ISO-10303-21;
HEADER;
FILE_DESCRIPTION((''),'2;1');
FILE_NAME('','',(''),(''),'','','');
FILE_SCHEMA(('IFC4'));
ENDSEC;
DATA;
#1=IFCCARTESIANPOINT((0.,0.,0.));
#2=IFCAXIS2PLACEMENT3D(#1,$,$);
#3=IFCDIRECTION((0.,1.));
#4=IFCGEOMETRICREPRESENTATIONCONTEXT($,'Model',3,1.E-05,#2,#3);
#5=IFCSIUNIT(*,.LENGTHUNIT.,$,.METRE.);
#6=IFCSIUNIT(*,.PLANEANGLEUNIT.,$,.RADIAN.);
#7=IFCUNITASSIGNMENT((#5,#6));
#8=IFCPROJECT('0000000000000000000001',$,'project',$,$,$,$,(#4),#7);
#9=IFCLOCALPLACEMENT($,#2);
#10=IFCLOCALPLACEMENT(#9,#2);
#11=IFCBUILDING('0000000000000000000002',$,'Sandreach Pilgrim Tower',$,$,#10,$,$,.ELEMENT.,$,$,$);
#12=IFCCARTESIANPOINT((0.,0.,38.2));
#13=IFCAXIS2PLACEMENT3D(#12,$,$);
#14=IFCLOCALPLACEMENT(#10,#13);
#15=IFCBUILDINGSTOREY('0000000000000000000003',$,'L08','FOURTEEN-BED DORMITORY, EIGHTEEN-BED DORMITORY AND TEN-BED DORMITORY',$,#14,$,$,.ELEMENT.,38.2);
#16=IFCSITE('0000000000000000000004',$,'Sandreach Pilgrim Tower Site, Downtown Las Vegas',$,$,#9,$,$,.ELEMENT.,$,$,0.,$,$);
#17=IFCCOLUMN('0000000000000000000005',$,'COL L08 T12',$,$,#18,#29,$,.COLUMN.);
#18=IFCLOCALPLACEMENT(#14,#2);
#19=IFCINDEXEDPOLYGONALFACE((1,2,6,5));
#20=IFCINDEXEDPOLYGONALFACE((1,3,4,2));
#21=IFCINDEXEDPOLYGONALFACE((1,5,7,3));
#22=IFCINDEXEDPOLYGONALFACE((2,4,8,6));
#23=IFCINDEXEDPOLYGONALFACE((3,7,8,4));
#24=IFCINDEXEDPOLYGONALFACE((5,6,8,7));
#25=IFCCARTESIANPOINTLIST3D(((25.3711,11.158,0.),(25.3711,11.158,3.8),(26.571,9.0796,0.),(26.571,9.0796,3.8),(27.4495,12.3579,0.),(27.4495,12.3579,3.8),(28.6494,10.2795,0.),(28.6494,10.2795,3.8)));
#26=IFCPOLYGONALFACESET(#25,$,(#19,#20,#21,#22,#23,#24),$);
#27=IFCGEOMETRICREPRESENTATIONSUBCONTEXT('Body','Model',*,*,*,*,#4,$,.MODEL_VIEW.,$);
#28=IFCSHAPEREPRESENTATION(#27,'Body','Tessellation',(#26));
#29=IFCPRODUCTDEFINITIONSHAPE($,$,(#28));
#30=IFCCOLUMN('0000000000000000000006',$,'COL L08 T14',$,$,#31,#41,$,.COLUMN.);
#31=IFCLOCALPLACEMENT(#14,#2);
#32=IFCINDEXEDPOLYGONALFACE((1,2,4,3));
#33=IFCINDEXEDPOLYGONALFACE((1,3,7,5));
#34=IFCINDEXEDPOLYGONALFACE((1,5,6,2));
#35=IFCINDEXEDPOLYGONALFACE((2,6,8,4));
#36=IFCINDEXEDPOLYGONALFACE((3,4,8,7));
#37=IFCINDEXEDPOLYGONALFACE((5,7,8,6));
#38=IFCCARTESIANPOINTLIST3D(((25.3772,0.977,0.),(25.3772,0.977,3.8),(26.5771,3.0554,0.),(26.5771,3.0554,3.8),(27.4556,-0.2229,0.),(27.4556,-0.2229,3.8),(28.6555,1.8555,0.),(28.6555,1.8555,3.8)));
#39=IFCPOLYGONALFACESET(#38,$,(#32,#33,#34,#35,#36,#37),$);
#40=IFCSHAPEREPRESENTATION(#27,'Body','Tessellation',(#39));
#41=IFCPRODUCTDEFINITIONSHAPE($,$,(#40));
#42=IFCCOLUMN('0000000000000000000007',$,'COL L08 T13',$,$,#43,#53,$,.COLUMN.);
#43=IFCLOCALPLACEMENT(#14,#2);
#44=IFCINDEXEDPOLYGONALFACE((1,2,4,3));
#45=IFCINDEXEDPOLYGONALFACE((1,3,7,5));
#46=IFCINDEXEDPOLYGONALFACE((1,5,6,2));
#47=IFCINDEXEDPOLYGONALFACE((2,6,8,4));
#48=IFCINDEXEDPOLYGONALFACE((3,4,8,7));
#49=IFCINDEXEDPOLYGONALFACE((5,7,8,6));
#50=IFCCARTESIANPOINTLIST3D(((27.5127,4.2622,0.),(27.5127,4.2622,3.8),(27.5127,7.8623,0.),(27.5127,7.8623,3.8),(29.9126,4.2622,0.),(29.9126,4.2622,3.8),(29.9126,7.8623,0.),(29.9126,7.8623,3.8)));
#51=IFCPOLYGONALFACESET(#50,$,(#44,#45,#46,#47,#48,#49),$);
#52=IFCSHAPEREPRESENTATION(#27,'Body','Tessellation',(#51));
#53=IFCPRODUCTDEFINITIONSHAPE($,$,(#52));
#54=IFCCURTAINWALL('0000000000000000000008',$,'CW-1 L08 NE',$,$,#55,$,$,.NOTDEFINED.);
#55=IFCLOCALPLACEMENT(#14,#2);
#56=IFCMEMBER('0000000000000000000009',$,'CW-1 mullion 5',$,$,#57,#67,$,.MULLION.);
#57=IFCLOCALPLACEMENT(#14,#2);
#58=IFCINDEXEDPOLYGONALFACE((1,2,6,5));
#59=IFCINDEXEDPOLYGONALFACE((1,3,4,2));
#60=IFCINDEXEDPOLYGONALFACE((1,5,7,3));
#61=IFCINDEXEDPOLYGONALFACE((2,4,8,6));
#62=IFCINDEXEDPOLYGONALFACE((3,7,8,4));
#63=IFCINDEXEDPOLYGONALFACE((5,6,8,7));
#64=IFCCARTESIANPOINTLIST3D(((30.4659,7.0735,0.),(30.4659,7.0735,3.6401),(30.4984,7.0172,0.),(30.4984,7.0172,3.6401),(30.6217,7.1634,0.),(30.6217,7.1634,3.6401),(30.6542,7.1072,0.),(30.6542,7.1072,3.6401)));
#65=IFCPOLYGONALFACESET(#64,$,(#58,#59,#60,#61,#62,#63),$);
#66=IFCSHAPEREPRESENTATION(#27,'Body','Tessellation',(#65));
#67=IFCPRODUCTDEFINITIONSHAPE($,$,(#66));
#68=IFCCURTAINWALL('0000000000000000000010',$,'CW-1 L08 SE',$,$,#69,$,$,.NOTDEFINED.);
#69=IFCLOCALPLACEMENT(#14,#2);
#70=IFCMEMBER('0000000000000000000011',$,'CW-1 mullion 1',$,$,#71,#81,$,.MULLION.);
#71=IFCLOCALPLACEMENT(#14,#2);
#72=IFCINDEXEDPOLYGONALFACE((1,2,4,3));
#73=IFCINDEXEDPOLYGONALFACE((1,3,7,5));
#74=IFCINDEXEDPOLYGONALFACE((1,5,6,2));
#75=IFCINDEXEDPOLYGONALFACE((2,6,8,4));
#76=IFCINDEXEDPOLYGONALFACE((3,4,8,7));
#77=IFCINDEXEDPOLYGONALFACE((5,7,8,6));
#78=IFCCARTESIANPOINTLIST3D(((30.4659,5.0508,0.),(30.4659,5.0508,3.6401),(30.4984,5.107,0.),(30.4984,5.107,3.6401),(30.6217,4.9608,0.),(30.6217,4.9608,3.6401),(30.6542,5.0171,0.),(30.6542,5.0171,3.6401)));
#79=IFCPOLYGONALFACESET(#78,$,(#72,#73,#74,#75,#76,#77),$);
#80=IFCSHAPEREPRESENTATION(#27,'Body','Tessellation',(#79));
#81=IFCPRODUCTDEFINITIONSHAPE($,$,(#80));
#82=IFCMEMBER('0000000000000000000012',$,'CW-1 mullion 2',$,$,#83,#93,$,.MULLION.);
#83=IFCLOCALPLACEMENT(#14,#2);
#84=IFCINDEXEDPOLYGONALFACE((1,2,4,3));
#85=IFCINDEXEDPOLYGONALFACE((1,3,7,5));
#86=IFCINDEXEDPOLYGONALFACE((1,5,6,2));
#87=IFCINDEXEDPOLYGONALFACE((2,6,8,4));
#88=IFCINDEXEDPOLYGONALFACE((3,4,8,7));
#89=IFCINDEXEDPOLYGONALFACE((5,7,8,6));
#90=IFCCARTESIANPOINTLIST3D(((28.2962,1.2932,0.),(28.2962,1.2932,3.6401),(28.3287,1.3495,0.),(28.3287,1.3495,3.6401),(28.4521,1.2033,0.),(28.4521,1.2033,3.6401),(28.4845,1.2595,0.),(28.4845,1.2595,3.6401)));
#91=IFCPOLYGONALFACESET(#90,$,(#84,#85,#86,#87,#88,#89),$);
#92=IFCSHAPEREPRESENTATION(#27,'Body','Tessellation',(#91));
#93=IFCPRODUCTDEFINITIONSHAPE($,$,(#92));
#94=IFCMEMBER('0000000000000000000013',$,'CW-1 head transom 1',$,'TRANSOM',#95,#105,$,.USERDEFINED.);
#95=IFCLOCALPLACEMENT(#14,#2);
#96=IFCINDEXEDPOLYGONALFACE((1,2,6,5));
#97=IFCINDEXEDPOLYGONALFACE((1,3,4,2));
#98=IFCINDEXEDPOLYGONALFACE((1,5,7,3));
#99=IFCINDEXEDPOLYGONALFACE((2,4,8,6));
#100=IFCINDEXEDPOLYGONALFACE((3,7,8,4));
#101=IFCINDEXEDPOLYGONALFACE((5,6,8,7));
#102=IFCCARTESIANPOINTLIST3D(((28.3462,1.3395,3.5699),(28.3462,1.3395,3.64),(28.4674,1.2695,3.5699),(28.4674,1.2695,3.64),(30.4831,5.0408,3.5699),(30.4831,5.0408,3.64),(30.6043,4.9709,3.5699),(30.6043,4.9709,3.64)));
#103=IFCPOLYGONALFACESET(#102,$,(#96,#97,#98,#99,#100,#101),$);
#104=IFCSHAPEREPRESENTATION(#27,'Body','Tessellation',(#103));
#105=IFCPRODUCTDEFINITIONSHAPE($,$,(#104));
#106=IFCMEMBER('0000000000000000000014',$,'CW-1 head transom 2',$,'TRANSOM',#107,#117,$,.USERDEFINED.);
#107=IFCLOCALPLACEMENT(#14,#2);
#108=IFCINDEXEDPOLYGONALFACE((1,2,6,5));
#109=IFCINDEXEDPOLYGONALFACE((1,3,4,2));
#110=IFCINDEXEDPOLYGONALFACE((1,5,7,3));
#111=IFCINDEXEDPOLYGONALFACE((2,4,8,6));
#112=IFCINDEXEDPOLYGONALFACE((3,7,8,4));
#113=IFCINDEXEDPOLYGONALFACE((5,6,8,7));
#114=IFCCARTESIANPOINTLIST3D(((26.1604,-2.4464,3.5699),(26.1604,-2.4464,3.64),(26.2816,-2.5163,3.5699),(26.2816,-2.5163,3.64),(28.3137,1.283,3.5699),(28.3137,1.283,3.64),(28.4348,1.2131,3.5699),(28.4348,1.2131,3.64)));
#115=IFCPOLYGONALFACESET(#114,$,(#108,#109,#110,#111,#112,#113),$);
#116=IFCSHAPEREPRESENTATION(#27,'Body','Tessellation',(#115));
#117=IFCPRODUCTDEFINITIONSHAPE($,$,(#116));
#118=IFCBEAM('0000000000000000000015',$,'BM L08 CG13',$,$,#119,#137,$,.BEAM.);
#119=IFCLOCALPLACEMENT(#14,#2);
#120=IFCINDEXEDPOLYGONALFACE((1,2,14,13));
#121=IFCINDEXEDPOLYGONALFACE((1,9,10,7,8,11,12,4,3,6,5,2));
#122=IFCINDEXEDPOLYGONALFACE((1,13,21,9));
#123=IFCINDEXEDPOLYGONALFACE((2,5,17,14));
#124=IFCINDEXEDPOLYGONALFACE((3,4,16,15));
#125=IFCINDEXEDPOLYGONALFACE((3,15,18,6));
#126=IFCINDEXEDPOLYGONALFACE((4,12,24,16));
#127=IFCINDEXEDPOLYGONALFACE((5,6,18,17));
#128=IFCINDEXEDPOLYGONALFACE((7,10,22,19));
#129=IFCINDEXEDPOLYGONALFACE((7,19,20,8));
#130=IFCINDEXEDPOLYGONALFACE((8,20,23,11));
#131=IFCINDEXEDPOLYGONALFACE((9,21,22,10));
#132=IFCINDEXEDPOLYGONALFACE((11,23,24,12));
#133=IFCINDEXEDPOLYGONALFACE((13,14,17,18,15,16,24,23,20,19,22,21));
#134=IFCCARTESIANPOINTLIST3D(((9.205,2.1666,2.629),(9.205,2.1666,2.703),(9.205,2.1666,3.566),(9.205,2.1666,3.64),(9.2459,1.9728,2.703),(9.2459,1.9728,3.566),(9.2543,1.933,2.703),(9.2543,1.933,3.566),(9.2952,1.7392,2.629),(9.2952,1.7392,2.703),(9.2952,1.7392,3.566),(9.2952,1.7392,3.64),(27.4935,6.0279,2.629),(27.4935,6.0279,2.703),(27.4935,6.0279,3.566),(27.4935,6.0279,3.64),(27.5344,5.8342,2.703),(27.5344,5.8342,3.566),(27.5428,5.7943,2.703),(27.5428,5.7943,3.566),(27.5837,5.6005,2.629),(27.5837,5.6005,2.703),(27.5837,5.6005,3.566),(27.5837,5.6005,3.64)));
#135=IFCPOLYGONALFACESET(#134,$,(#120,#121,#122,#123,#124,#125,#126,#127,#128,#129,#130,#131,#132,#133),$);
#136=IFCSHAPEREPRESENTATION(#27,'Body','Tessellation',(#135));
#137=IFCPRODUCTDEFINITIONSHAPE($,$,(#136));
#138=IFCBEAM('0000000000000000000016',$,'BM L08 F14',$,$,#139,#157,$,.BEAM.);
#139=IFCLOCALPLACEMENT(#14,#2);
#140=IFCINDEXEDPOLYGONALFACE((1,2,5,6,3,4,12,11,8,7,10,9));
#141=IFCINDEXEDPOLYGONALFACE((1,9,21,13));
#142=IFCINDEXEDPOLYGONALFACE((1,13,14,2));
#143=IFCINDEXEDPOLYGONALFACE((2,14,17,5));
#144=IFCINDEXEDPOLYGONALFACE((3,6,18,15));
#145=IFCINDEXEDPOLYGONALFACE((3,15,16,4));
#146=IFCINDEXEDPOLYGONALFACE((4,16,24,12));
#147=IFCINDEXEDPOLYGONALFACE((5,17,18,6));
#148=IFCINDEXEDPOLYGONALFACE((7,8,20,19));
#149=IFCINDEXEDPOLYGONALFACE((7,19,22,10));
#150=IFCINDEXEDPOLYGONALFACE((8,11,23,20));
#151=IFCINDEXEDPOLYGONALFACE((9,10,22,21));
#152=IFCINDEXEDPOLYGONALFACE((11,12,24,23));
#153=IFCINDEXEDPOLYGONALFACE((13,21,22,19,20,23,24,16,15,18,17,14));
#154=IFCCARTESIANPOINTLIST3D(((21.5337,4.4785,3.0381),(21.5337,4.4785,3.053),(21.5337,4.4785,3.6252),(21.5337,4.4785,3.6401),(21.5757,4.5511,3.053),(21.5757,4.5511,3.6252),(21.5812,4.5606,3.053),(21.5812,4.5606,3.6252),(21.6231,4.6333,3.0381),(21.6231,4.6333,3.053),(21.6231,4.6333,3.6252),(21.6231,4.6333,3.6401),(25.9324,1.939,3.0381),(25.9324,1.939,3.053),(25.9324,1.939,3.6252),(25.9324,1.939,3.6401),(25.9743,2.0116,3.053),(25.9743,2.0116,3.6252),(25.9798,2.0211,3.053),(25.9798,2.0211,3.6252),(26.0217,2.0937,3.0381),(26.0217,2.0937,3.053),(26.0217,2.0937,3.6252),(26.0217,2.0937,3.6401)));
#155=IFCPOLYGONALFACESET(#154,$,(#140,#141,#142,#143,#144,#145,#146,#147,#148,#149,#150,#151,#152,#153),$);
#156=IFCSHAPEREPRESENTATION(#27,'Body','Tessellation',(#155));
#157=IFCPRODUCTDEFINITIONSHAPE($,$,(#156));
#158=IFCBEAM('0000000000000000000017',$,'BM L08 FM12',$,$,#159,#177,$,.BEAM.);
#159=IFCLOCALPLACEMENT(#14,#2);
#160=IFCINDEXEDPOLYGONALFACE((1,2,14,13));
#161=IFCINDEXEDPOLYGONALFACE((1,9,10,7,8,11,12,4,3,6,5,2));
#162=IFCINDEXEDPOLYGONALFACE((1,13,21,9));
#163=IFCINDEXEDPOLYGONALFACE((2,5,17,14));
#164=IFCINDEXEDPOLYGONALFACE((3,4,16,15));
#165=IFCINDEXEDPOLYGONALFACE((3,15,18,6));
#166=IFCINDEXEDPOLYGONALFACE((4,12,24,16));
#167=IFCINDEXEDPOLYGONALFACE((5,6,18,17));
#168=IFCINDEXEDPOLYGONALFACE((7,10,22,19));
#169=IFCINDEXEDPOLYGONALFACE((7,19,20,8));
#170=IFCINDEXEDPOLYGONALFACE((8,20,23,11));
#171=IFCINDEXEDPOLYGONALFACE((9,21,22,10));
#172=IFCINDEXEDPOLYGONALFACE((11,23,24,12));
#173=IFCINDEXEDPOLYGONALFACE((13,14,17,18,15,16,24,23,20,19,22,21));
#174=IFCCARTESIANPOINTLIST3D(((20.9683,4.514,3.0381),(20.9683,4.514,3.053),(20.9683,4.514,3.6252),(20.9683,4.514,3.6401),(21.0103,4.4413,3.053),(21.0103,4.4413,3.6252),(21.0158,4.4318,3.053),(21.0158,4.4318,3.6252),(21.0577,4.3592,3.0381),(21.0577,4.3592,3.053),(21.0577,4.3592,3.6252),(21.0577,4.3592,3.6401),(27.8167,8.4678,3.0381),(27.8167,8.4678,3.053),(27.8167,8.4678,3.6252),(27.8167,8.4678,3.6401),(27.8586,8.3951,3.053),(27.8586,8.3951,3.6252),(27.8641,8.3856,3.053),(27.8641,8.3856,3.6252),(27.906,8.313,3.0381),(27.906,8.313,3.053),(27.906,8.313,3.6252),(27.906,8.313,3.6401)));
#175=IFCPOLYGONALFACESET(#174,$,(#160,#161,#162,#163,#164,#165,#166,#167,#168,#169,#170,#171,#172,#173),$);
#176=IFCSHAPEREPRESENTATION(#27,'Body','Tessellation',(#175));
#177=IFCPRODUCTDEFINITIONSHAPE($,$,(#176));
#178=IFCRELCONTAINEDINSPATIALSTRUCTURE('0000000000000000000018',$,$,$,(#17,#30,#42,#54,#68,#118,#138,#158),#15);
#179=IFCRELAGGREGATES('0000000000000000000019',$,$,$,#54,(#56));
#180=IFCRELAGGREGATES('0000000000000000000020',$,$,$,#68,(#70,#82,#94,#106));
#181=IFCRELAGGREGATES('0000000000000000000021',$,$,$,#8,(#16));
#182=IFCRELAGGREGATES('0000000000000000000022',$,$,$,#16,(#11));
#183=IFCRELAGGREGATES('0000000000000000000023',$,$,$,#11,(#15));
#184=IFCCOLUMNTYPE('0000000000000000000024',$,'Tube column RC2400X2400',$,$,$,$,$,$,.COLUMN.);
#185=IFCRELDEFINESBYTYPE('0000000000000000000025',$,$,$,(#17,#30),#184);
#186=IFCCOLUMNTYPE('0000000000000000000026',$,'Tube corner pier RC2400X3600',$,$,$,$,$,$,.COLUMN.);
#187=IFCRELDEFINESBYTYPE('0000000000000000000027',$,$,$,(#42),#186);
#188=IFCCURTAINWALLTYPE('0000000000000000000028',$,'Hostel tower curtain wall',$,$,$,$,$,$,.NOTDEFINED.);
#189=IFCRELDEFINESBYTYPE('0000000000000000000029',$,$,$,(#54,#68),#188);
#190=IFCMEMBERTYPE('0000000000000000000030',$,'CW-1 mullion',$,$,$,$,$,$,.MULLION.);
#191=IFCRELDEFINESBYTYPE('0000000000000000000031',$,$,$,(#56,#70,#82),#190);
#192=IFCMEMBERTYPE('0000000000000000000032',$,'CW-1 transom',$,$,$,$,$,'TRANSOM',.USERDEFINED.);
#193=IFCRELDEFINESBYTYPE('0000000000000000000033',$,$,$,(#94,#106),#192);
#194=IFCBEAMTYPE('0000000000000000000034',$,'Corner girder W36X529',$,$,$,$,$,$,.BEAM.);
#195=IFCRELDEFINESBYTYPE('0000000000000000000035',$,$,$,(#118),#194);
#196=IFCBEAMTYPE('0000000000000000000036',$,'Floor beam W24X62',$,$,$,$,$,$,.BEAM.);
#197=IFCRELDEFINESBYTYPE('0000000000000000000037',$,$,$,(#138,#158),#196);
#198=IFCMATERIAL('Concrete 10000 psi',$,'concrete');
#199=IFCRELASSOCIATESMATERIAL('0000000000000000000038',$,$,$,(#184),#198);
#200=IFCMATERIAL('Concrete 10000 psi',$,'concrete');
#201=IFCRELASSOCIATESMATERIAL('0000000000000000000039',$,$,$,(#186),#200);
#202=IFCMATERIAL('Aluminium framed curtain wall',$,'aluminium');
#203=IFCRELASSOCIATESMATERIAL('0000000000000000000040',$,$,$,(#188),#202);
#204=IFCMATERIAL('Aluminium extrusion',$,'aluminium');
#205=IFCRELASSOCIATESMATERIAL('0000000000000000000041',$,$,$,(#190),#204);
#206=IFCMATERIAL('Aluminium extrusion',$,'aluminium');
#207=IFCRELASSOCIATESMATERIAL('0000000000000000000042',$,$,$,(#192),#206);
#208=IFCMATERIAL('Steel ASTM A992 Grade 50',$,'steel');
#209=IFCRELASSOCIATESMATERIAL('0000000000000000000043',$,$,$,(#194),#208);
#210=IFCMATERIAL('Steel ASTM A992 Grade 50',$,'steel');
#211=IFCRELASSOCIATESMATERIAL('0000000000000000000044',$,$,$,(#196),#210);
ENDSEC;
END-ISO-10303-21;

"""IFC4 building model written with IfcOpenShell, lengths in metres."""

from ifc_helpers import new_model, si_unit, direction, frame, origin, origin_2d, place, context, subcontext, project, spatial, rectangle, i_section, extrude, material, material_profile, profile_set, type_object, element, aggregate, save


model = new_model("IFC4")

# Units and contexts
model_context = context("Model", 3, precision=1e-05, world=origin(), true_north=direction((0.0, 1.0)))
body_context = subcontext(model_context, "Body", "Model", "MODEL_VIEW")
ifc_project = project(units=[si_unit("LENGTHUNIT", "METRE"), si_unit("PLANEANGLEUNIT", "RADIAN")], contexts=[model_context])

# Site, building, storey
site_placement = place(None, origin())
site = spatial("IfcSite", under=ifc_project, at=site_placement, Name="Sandreach Pilgrim Tower Site, Downtown Las Vegas", CompositionType="ELEMENT", RefElevation=0.0)
building_placement = place(site_placement, origin())
building = spatial("IfcBuilding", under=site, at=building_placement, Name="Sandreach Pilgrim Tower", CompositionType="ELEMENT")
storey_placement = place(building_placement, frame((0.0, 0.0, 38.2)))
storey = spatial("IfcBuildingStorey", under=building, at=storey_placement, Name="L08", Description="FOURTEEN-BED DORMITORY, EIGHTEEN-BED DORMITORY AND TEN-BED DORMITORY", CompositionType="ELEMENT", Elevation=38.2)

# Columns
ifc_material_1 = material(Name="Concrete 10000 psi", Category="concrete")
ifc_material_profile_1 = material_profile(ifc_material_1, rectangle(XDim=2.3999, YDim=2.3999, at=origin_2d()), Name="RC2400X2400")
ifc_profile_set_1 = profile_set([ifc_material_profile_1], Name="Concrete 10000 psi")
column_type_1 = type_object("IfcColumnType", Name="Tube column RC2400X2400", PredefinedType="COLUMN", material=ifc_profile_set_1)
for number, where, z_axis, x_axis, name in (
    (1, (27.0103, 10.7188, 0.0), (0.0, 0.0, 1.0), (0.866025, 0.5, 0.0), "COL L08 T12"),
    (2, (27.0164, 1.4163, 0.0), (0.0, 0.0, 1.0), (0.866025, -0.5, 0.0), "COL L08 T14"),
):
    element("IfcColumn", number, at=place(storey_placement, frame(where, z_axis=z_axis, x_axis=x_axis)), inside=storey, type_object=column_type_1, Name=name, PredefinedType="COLUMN", context=body_context, shape_type="SweptSolid", body=[
        extrude(rectangle(XDim=2.3999, YDim=2.3999, at=origin_2d()), origin(), (0.0, 0.0, 1.0), 3.8),
    ])
ifc_material_2 = material(Name="Concrete 10000 psi", Category="concrete")
ifc_material_profile_2 = material_profile(ifc_material_2, rectangle(XDim=2.3999, YDim=3.6001, at=origin_2d()), Name="RC2400X3600")
ifc_profile_set_2 = profile_set([ifc_material_profile_2], Name="Concrete 10000 psi")
column_type_2 = type_object("IfcColumnType", Name="Tube corner pier RC2400X3600", PredefinedType="COLUMN", material=ifc_profile_set_2)
column_placement = place(storey_placement, frame((28.7126, 6.0623, 0.0), z_axis=(0.0, 0.0, 1.0), x_axis=(1.0, 0.0, 0.0)))
element("IfcColumn", 3, at=column_placement, inside=storey, type_object=column_type_2, Name="COL L08 T13", PredefinedType="COLUMN", context=body_context, shape_type="SweptSolid", body=[
    extrude(rectangle(XDim=2.3999, YDim=3.6001, at=origin_2d()), origin(), (0.0, 0.0, 1.0), 3.8),
])

# Curtain wall, member
ifc_material_3 = material(Name="Aluminium framed curtain wall", Category="aluminium")
curtain_wall_type = type_object("IfcCurtainWallType", Name="Hostel tower curtain wall", PredefinedType="NOTDEFINED", material=ifc_material_3)
curtain_wall_1_placement = place(storey_placement, origin())
curtain_wall_1 = element("IfcCurtainWall", 4, at=curtain_wall_1_placement, inside=storey, type_object=curtain_wall_type, Name="CW-1 L08 NE", PredefinedType="NOTDEFINED")
ifc_material_4 = material(Name="Aluminium extrusion", Category="aluminium")
ifc_material_profile_3 = material_profile(ifc_material_4, rectangle(XDim=0.0649, YDim=0.1799, at=origin_2d()), Name="CW-1M 65X180")
ifc_profile_set_3 = profile_set([ifc_material_profile_3], Name="Aluminium extrusion")
member_type_1 = type_object("IfcMemberType", Name="CW-1 mullion", PredefinedType="MULLION", material=ifc_profile_set_3)
member_1_placement = place(storey_placement, frame((30.5601, 7.0903, 0.0), z_axis=(0.0, 0.0, 1.0), x_axis=(0.5, -0.866025, 0.0)))
member_1 = element("IfcMember", 5, at=member_1_placement, type_object=member_type_1, Name="CW-1 mullion 5", PredefinedType="MULLION", context=body_context, shape_type="SweptSolid", body=[
    extrude(rectangle(XDim=0.0649, YDim=0.1799, at=origin_2d()), origin(), (0.0, 0.0, 1.0), 3.6401),
])

# Curtain wall, members
curtain_wall_2_placement = place(storey_placement, origin())
curtain_wall_2 = element("IfcCurtainWall", 6, at=curtain_wall_2_placement, inside=storey, type_object=curtain_wall_type, Name="CW-1 L08 SE", PredefinedType="NOTDEFINED")
member_2_placement = place(storey_placement, frame((30.5601, 5.0339, 0.0), z_axis=(0.0, 0.0, 1.0), x_axis=(-0.5, -0.866025, 0.0)))
member_2 = element("IfcMember", 7, at=member_2_placement, type_object=member_type_1, Name="CW-1 mullion 1", PredefinedType="MULLION", context=body_context, shape_type="SweptSolid", body=[
    extrude(rectangle(XDim=0.0649, YDim=0.1799, at=origin_2d()), origin(), (0.0, 0.0, 1.0), 3.6401),
])
member_3_placement = place(storey_placement, frame((28.3904, 1.2764, 0.0), z_axis=(0.0, 0.0, 1.0), x_axis=(-0.5, -0.866025, 0.0)))
member_3 = element("IfcMember", 8, at=member_3_placement, type_object=member_type_1, Name="CW-1 mullion 2", PredefinedType="MULLION", context=body_context, shape_type="SweptSolid", body=[
    extrude(rectangle(XDim=0.0649, YDim=0.1799, at=origin_2d()), origin(), (0.0, 0.0, 1.0), 3.6401),
])
ifc_material_5 = material(Name="Aluminium extrusion", Category="aluminium")
ifc_material_profile_4 = material_profile(ifc_material_5, rectangle(XDim=0.1399, YDim=0.0701, at=origin_2d()), Name="CW-1T 140X70")
ifc_profile_set_4 = profile_set([ifc_material_profile_4], Name="Aluminium extrusion")
member_type_2 = type_object("IfcMemberType", Name="CW-1 transom", ElementType="TRANSOM", PredefinedType="USERDEFINED", material=ifc_profile_set_4)
member_4_placement = place(storey_placement, frame((30.5437, 5.0059, 3.605), z_axis=(-0.499991, -0.866031, 0.0), x_axis=(0.866031, -0.499991, 0.0)))
member_4 = element("IfcMember", 9, at=member_4_placement, type_object=member_type_2, Name="CW-1 head transom 1", ObjectType="TRANSOM", PredefinedType="USERDEFINED", context=body_context, shape_type="SweptSolid", body=[
    extrude(rectangle(XDim=0.1399, YDim=0.0701, at=origin_2d()), origin(), (0.0, 0.0, 1.0), 4.2739),
])
member_5_placement = place(storey_placement, frame((28.3743, 1.248, 3.605), z_axis=(-0.500017, -0.866016, 0.0), x_axis=(0.866016, -0.500017, 0.0)))
member_5 = element("IfcMember", 10, at=member_5_placement, type_object=member_type_2, Name="CW-1 head transom 2", ObjectType="TRANSOM", PredefinedType="USERDEFINED", context=body_context, shape_type="SweptSolid", body=[
    extrude(rectangle(XDim=0.1399, YDim=0.0701, at=origin_2d()), origin(), (0.0, 0.0, 1.0), 4.3064),
])

# Beams
ifc_material_6 = material(Name="Steel ASTM A992 Grade 50", Category="steel")
ifc_material_profile_5 = material_profile(ifc_material_6, i_section(OverallWidth=0.4368, OverallDepth=1.011, WebThickness=0.0408, FlangeThickness=0.074, at=origin_2d()), Name="W36X529")
ifc_profile_set_5 = profile_set([ifc_material_profile_5], Name="Steel ASTM A992 Grade 50")
beam_type_1 = type_object("IfcBeamType", Name="Corner girder W36X529", PredefinedType="BEAM", material=ifc_profile_set_5)
beam_1_placement = place(storey_placement, frame((27.5386, 5.8142, 3.1345), z_axis=(-0.97843, -0.206579, 0.0), x_axis=(0.206579, -0.97843, 0.0)))
element("IfcBeam", 11, at=beam_1_placement, inside=storey, type_object=beam_type_1, Name="BM L08 CG13", PredefinedType="BEAM", context=body_context, shape_type="SweptSolid", body=[
    extrude(i_section(OverallWidth=0.4368, OverallDepth=1.011, WebThickness=0.0408, FlangeThickness=0.074, at=origin_2d()), origin(), (0.0, 0.0, 1.0), 18.6917),
])
ifc_material_7 = material(Name="Steel ASTM A992 Grade 50", Category="steel")
ifc_material_profile_6 = material_profile(ifc_material_7, i_section(OverallWidth=0.1787, OverallDepth=0.6021, WebThickness=0.011, FlangeThickness=0.0149, at=origin_2d()), Name="W24X62")
ifc_profile_set_6 = profile_set([ifc_material_profile_6], Name="Steel ASTM A992 Grade 50")
beam_type_2 = type_object("IfcBeamType", Name="Floor beam W24X62", PredefinedType="BEAM", material=ifc_profile_set_6)
beam_2_placement = place(storey_placement, frame((25.9771, 2.0164, 3.3391), z_axis=(-0.866028, 0.499996, 0.0), x_axis=(-0.499996, -0.866028, 0.0)))
element("IfcBeam", 12, at=beam_2_placement, inside=storey, type_object=beam_type_2, Name="BM L08 F14", PredefinedType="BEAM", context=body_context, shape_type="SweptSolid", body=[
    extrude(i_section(OverallWidth=0.1787, OverallDepth=0.6021, WebThickness=0.011, FlangeThickness=0.0149, at=origin_2d()), origin(), (0.0, 0.0, 1.0), 5.0791),
])
beam_3_placement = place(storey_placement, frame((27.8613, 8.3904, 3.3391), z_axis=(-0.866029, -0.499994, 0.0), x_axis=(0.499994, -0.866029, 0.0)))
element("IfcBeam", 13, at=beam_3_placement, inside=storey, type_object=beam_type_2, Name="BM L08 FM12", PredefinedType="BEAM", context=body_context, shape_type="SweptSolid", body=[
    extrude(i_section(OverallWidth=0.1787, OverallDepth=0.6021, WebThickness=0.011, FlangeThickness=0.0149, at=origin_2d()), origin(), (0.0, 0.0, 1.0), 7.9077),
])

aggregate(curtain_wall_1, [member_1])
aggregate(curtain_wall_2, [member_2, member_3, member_4, member_5])

save(model, "model.ifc")
